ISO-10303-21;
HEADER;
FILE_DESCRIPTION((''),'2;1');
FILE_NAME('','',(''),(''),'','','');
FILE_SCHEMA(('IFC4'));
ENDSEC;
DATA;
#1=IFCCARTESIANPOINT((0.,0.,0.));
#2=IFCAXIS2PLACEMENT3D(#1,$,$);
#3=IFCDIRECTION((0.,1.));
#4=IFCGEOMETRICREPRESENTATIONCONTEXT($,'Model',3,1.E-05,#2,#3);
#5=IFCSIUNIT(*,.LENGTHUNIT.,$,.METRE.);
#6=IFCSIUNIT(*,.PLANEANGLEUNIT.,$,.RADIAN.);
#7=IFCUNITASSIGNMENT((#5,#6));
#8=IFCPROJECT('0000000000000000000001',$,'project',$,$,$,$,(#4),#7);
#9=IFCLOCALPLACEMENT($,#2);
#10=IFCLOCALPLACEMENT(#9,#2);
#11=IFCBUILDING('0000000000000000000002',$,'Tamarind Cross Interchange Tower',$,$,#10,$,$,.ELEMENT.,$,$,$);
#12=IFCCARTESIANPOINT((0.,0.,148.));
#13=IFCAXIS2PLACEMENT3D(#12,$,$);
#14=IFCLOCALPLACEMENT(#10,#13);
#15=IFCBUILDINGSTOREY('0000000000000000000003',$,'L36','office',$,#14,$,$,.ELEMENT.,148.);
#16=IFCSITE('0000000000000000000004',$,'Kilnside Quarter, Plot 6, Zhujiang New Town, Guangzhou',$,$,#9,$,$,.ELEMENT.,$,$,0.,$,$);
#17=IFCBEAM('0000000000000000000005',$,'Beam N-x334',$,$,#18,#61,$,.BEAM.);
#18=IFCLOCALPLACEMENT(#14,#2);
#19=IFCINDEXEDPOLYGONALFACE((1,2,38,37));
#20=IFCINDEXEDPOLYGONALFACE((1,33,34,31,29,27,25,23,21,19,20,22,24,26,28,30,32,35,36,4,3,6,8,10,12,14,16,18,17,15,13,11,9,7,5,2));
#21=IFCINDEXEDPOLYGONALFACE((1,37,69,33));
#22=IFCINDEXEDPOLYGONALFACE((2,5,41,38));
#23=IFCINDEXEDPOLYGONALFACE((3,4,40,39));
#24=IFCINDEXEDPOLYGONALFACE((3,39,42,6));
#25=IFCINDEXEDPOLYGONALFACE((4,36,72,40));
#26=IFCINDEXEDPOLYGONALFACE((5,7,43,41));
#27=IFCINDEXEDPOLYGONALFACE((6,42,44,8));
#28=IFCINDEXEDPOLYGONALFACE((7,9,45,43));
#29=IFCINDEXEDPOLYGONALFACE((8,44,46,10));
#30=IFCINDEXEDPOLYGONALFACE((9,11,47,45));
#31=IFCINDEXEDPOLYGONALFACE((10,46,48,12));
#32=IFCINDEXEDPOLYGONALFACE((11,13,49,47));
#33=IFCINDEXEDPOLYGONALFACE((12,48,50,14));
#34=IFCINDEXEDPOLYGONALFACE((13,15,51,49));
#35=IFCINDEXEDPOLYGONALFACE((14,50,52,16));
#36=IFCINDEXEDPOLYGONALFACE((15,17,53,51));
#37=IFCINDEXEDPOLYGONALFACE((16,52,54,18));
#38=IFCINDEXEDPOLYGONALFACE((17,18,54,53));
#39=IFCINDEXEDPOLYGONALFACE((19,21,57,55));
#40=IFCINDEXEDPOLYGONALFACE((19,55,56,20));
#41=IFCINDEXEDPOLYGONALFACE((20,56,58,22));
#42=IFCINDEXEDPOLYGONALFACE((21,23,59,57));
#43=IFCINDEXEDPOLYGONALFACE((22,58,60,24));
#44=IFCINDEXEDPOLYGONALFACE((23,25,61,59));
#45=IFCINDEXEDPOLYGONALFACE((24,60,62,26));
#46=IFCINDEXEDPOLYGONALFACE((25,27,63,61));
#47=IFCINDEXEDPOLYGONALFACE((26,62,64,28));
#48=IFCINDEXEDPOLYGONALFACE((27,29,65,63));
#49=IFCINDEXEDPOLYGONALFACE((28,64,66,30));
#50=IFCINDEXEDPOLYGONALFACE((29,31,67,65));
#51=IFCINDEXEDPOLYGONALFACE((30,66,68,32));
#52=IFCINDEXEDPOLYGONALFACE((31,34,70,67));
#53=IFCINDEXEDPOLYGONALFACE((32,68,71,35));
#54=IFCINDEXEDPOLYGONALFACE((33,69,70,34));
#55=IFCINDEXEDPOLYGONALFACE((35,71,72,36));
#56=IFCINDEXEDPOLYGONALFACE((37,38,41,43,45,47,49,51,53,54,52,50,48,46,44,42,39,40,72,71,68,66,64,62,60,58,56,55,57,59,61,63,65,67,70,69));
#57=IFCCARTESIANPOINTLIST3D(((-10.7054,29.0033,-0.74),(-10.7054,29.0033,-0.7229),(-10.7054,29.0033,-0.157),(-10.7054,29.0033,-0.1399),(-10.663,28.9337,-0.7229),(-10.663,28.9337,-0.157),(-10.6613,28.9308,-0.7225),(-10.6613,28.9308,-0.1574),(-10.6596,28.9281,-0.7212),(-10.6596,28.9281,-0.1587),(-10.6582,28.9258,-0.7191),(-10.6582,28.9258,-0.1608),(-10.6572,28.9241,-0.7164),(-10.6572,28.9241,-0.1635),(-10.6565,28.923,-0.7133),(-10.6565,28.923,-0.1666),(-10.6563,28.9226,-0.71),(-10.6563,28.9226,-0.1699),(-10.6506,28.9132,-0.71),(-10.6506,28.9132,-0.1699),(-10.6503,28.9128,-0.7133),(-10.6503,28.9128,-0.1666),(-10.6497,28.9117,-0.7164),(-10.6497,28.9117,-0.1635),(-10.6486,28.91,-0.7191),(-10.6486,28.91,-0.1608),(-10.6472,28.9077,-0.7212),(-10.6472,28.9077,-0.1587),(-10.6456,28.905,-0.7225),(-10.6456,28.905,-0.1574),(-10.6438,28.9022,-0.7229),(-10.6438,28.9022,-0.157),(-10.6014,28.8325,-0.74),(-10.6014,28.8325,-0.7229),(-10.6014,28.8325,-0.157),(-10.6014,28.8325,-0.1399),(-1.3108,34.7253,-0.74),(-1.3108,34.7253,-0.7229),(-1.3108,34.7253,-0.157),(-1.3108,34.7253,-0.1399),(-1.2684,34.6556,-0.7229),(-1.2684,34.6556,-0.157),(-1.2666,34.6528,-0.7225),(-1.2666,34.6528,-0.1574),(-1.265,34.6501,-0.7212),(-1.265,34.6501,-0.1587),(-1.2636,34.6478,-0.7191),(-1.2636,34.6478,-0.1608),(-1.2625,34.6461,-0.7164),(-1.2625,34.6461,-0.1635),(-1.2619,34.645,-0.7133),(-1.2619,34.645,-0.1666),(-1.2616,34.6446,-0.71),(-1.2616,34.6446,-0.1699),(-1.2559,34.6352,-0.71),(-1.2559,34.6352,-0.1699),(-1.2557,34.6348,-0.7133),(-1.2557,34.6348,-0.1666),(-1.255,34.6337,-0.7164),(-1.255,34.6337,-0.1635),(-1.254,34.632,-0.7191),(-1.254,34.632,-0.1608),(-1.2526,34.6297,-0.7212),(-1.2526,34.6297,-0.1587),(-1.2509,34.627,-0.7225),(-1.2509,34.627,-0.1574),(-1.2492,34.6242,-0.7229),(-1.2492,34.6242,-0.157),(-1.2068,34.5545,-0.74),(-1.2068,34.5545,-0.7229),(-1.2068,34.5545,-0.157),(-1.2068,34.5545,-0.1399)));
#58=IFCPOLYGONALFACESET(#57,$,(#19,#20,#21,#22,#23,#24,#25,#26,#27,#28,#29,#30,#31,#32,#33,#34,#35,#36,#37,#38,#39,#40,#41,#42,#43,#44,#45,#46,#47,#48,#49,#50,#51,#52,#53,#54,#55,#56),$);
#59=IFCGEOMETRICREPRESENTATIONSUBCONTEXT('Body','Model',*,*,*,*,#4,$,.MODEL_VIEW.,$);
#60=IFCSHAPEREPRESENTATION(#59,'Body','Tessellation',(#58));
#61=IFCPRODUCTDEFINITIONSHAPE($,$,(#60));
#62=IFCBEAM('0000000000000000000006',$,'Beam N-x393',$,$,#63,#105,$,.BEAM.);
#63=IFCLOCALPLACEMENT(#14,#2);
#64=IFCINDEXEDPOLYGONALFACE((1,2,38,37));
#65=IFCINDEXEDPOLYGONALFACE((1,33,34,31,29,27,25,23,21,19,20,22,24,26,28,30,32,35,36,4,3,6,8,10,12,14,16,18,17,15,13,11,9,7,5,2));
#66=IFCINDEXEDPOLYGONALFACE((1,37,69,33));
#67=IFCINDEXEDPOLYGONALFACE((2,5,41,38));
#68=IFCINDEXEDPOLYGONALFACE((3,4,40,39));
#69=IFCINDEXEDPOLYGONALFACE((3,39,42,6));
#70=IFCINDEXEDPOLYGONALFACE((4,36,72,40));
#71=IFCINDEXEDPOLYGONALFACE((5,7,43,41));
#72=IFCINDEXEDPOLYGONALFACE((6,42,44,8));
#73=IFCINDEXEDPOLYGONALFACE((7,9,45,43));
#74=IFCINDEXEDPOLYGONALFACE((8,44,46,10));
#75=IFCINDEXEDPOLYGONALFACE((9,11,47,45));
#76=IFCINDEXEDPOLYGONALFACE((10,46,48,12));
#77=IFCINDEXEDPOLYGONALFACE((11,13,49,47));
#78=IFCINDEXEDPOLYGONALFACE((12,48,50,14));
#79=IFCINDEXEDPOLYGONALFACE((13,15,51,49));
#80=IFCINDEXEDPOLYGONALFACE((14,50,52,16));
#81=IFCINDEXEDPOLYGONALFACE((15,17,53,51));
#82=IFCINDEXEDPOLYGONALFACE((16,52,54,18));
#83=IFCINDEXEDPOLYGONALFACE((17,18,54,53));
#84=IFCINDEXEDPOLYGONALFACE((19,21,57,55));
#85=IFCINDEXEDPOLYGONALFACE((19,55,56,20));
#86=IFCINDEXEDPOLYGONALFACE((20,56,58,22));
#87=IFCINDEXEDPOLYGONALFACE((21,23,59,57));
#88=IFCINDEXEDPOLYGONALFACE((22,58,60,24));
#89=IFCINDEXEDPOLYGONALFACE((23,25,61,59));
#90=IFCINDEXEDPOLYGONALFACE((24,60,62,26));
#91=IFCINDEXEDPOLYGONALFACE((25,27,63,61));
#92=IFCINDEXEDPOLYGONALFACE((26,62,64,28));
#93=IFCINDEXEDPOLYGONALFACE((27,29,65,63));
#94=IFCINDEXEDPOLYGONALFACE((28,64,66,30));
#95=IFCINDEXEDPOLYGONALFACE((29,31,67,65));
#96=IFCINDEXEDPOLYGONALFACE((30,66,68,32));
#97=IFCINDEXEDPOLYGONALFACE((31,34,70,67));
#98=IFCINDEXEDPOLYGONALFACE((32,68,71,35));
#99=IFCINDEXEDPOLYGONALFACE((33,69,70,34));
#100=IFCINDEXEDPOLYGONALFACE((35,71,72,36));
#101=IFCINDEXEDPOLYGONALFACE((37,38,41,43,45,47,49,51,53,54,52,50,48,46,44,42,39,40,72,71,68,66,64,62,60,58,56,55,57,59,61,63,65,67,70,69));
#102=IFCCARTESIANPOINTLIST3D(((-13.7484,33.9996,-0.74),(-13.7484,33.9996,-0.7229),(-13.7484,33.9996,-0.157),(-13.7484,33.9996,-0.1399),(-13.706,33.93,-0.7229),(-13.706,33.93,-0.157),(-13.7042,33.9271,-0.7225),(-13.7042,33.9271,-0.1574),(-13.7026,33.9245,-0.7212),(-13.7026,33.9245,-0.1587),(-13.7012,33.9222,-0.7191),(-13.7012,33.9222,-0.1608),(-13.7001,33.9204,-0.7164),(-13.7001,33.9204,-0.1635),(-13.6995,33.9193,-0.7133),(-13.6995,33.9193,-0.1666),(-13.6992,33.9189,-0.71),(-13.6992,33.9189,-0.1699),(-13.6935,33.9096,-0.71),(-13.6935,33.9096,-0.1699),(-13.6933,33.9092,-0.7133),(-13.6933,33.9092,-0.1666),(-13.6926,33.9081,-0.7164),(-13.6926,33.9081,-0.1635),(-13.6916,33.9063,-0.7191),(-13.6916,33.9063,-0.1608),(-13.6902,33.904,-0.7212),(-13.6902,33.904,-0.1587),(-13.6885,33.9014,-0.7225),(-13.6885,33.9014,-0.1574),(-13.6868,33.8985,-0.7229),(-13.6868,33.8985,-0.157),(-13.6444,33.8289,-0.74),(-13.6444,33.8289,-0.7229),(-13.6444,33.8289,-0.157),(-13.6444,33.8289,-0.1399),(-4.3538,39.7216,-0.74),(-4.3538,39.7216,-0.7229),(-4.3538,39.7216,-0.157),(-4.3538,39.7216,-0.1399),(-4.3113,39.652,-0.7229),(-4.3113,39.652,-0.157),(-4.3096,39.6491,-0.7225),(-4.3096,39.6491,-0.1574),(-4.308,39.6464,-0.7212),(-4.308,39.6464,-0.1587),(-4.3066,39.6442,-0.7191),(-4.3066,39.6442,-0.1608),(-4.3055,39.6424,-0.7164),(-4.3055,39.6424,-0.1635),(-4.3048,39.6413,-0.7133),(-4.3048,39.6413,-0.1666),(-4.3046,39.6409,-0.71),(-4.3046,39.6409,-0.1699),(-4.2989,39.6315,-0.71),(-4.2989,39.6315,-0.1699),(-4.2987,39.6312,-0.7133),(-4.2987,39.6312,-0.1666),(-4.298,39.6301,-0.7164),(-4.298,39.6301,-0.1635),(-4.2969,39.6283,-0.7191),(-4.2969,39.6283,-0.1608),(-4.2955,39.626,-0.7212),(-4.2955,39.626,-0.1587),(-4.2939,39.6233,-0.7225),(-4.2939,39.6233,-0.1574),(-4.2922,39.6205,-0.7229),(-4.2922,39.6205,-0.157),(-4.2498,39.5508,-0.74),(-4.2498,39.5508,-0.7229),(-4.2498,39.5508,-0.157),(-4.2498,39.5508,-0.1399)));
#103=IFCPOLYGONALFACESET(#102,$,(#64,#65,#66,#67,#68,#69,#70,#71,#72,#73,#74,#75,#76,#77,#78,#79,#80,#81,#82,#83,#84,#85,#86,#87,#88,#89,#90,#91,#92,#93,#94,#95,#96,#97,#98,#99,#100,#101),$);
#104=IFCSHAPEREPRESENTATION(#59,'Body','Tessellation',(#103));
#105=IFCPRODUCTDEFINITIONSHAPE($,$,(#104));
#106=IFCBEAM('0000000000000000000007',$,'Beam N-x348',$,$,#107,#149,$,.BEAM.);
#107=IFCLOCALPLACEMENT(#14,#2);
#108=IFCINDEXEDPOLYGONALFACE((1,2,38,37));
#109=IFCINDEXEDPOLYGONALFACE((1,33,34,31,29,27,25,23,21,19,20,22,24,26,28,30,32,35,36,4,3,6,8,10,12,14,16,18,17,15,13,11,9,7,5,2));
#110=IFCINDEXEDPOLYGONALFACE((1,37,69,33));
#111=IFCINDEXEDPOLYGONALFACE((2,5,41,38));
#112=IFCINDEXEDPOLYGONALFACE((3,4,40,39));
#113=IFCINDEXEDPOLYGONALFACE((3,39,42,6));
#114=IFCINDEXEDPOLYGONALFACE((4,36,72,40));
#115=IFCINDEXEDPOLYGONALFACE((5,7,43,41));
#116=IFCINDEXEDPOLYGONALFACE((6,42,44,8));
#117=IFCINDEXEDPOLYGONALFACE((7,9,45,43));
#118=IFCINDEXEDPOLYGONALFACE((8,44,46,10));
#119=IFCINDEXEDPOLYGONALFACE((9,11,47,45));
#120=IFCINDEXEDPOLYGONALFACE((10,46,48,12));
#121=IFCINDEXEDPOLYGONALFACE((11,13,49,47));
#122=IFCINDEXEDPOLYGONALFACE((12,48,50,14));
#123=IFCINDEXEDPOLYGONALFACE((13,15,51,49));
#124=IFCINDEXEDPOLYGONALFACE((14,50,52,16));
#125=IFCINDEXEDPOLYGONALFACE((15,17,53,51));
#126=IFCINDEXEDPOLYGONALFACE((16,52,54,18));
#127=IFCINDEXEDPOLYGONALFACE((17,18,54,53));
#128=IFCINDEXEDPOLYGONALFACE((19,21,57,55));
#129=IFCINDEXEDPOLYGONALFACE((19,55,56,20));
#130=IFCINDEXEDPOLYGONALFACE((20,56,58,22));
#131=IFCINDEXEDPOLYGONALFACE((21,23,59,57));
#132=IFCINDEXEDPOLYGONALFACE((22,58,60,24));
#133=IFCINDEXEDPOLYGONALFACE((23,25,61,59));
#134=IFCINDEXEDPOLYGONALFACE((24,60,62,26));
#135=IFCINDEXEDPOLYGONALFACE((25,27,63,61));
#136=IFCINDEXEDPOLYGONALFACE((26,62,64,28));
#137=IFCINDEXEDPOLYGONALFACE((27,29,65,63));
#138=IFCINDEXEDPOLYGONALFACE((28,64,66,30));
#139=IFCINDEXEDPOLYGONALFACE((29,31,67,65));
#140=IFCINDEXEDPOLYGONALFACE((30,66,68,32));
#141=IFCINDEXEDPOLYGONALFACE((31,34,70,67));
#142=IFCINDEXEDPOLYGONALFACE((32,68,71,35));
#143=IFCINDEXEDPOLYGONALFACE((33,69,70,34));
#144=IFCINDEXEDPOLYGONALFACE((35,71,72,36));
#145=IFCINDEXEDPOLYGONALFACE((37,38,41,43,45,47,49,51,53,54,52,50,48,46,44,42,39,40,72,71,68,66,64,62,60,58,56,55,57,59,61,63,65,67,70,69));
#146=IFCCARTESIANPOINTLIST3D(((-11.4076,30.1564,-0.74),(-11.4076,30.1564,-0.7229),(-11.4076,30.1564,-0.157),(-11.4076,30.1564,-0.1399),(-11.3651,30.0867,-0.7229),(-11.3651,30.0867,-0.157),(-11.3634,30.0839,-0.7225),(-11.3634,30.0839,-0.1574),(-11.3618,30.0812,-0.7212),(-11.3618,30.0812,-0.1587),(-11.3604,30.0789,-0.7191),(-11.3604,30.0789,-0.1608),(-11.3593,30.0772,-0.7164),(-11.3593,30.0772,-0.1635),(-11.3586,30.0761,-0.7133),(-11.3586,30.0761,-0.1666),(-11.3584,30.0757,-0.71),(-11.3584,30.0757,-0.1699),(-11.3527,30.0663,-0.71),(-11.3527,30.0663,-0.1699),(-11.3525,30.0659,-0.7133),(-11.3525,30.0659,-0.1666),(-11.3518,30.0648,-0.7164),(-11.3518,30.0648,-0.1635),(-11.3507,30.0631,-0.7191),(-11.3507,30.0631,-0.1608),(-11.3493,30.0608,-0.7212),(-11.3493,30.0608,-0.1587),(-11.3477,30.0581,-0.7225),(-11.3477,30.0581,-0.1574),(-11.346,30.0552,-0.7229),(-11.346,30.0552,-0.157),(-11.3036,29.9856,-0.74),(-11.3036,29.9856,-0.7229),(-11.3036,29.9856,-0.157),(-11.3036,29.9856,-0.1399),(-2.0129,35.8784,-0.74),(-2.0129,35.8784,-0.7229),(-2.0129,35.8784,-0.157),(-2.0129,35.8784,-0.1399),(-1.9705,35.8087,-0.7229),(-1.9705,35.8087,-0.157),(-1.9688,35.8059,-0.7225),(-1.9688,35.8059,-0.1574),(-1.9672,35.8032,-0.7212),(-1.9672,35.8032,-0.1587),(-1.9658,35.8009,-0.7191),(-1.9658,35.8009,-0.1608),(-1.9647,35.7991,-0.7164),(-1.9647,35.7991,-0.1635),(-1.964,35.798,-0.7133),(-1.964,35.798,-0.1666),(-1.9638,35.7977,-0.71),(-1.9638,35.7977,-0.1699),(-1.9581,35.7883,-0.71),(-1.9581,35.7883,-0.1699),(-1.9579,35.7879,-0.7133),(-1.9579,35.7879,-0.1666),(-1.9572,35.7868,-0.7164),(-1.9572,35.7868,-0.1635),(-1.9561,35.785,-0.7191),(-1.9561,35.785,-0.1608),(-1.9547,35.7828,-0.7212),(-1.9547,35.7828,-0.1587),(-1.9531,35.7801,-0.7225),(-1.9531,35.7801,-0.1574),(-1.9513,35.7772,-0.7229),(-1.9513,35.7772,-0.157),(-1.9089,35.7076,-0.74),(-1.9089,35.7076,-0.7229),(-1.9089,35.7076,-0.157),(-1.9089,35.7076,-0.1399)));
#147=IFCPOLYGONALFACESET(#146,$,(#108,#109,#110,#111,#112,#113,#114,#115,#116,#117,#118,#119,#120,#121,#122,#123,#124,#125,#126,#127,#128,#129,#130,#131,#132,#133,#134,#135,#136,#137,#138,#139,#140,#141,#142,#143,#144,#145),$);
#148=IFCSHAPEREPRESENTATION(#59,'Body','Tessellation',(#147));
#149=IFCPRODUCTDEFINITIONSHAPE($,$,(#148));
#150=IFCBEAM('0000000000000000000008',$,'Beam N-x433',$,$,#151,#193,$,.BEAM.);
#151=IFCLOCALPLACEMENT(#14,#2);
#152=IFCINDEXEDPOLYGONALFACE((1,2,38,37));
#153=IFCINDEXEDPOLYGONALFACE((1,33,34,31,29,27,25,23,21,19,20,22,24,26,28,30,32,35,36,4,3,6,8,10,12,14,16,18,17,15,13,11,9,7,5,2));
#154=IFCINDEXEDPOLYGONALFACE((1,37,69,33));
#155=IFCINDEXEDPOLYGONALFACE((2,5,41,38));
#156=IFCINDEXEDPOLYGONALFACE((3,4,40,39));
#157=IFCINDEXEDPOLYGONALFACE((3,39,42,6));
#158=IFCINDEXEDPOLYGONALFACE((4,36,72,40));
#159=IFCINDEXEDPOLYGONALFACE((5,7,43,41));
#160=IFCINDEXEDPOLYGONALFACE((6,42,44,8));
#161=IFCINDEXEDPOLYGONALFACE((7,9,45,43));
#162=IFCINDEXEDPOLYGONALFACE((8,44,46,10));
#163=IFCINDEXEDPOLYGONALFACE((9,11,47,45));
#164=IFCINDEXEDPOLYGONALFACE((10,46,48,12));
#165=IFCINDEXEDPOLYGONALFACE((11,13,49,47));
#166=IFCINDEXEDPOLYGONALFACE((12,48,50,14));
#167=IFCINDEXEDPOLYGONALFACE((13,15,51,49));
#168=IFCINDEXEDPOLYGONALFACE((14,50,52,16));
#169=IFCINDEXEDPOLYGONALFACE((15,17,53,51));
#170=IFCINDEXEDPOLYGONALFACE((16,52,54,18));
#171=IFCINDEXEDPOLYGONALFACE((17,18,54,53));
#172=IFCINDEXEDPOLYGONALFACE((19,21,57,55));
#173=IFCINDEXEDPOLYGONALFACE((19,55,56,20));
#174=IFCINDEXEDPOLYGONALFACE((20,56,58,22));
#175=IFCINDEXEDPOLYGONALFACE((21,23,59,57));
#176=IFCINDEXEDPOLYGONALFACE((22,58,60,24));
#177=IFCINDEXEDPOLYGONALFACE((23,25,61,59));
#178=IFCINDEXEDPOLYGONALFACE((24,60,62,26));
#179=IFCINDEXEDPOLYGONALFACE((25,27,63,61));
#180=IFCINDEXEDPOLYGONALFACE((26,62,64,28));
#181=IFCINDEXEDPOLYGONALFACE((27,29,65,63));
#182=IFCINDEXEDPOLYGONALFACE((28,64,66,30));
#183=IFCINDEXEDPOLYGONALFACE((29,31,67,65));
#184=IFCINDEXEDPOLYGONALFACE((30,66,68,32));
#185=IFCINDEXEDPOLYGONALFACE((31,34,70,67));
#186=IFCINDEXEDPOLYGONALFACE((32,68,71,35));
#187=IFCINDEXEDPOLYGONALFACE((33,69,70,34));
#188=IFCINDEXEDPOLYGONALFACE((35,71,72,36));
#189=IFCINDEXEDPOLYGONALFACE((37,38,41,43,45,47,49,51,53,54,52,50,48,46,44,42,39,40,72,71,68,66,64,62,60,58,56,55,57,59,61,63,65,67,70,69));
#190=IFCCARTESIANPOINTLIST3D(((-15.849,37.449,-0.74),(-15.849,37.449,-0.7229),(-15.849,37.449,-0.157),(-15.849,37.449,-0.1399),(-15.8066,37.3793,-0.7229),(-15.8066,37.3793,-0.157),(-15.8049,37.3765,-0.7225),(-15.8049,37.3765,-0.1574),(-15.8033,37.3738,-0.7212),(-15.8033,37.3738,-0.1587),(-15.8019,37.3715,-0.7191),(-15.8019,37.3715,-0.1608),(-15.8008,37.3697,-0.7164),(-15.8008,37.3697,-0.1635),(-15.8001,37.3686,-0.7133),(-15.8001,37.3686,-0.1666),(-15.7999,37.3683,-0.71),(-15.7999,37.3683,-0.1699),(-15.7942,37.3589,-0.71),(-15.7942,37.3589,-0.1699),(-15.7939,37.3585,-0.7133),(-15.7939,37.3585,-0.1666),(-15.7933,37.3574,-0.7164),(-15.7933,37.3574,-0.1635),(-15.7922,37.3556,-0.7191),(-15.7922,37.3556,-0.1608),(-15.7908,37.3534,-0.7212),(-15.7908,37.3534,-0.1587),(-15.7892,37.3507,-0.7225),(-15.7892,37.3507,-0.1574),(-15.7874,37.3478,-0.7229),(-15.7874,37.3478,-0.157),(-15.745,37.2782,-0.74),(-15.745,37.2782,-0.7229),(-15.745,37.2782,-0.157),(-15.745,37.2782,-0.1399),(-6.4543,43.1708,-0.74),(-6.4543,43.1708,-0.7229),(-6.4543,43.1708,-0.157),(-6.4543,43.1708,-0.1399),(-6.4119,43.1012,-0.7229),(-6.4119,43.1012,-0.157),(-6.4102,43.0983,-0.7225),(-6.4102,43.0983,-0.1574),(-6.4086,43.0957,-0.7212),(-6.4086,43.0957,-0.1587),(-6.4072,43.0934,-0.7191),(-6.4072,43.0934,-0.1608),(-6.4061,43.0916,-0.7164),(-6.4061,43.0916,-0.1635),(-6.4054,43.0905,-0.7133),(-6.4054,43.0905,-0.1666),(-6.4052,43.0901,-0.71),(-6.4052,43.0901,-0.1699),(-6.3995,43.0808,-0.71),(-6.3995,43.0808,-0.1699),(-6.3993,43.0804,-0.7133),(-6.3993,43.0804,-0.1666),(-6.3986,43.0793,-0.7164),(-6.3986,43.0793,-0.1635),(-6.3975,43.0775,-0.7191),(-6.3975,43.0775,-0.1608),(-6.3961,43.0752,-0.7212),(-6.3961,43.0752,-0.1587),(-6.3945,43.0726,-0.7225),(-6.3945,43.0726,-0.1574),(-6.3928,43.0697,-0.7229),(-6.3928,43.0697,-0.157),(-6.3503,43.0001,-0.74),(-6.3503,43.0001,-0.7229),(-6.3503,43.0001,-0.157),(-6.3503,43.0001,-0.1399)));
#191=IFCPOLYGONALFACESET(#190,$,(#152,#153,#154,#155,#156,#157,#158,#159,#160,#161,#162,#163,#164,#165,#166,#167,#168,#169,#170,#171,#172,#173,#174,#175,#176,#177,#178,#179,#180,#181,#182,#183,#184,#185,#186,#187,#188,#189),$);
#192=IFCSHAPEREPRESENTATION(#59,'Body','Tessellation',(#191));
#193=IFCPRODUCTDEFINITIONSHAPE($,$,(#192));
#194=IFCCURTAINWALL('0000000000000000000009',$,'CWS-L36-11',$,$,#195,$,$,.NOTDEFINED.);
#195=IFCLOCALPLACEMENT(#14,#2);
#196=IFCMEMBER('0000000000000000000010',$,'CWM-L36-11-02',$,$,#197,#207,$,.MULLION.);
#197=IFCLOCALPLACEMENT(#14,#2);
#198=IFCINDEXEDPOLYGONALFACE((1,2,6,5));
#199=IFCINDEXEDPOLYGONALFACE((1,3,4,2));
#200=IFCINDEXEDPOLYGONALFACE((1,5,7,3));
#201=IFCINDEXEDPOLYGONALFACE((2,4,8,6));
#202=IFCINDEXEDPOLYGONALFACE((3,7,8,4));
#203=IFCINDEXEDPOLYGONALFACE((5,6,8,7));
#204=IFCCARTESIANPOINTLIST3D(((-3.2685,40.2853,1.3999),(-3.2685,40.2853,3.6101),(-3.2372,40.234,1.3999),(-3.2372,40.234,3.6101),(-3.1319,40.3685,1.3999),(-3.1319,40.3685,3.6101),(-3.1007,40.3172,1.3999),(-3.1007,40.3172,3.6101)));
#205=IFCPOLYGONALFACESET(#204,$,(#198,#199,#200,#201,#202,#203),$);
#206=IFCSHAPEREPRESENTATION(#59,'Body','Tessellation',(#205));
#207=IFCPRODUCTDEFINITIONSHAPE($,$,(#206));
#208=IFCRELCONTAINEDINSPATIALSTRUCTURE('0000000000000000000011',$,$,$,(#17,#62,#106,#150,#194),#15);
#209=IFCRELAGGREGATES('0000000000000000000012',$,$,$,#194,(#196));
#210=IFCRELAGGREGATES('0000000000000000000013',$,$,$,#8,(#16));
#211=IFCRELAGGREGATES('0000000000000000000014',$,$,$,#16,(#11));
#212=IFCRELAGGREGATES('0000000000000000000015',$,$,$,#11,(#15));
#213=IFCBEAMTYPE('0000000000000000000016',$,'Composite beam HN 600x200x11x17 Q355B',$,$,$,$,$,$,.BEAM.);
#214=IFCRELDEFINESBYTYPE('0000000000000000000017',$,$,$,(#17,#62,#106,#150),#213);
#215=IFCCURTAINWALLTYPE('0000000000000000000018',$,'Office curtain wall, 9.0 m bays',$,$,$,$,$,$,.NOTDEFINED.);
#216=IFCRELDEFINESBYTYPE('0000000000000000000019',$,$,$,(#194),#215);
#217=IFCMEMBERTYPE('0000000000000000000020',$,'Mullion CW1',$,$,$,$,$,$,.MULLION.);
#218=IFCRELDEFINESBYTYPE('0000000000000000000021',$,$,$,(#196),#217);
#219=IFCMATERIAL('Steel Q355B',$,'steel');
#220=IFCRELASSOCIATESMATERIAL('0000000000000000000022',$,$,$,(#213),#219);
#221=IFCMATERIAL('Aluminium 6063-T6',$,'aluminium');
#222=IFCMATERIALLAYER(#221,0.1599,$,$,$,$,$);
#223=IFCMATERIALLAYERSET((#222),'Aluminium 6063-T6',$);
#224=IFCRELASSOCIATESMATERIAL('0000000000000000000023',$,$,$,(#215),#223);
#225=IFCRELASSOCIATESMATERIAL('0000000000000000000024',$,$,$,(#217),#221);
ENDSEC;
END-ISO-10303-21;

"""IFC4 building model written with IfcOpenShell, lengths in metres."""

from ifc_helpers import new_model, si_unit, direction, frame, origin, origin_2d, place, context, subcontext, project, spatial, rectangle, i_section, extrude, material, layer, layer_set, material_profile, profile_set, type_object, element, aggregate, save


model = new_model("IFC4")

# Units and contexts
model_context = context("Model", 3, precision=1e-05, world=origin(), true_north=direction((0.0, 1.0)))
body_context = subcontext(model_context, "Body", "Model", "MODEL_VIEW")
ifc_project = project(units=[si_unit("LENGTHUNIT", "METRE"), si_unit("PLANEANGLEUNIT", "RADIAN")], contexts=[model_context])

# Site, building, storey
site_placement = place(None, origin())
site = spatial("IfcSite", under=ifc_project, at=site_placement, Name="Kilnside Quarter, Plot 6, Zhujiang New Town, Guangzhou", CompositionType="ELEMENT", RefElevation=0.0)
building_placement = place(site_placement, origin())
building = spatial("IfcBuilding", under=site, at=building_placement, Name="Tamarind Cross Interchange Tower", CompositionType="ELEMENT")
storey_placement = place(building_placement, frame((0.0, 0.0, 148.0)))
storey = spatial("IfcBuildingStorey", under=building, at=storey_placement, Name="L36", Description="office", CompositionType="ELEMENT", Elevation=148.0)

# Beams
ifc_material_1 = material(Name="Steel Q355B", Category="steel")
ifc_material_profile_1 = material_profile(ifc_material_1, i_section(OverallWidth=0.2, OverallDepth=0.6001, WebThickness=0.011, FlangeThickness=0.0171, FilletRadius=0.0129, at=origin_2d()), Name="HN 600x200x11x17")
ifc_profile_set_1 = profile_set([ifc_material_profile_1], Name="Steel Q355B")
beam_type_1 = type_object("IfcBeamType", Name="Composite beam HN 600x200x11x17 Q355B", PredefinedType="BEAM", material=ifc_profile_set_1)
for number, where, z_axis, x_axis, name in (
    (1, (-1.2588, 34.6399, -0.4399), (-0.854057, -0.52018, 0.0), (0.52018, -0.854057, 0.0), "Beam N-x334"),
    (2, (-4.3018, 39.6362, -0.4399), (-0.854057, -0.52018, 0.0), (0.52018, -0.854057, 0.0), "Beam N-x393"),
    (3, (-1.9609, 35.793, -0.4399), (-0.854057, -0.52018, 0.0), (0.52018, -0.854057, 0.0), "Beam N-x348"),
    (4, (-6.4023, 43.0854, -0.4399), (-0.854063, -0.52017, 0.0), (0.52017, -0.854063, 0.0), "Beam N-x433"),
):
    element("IfcBeam", number, at=place(storey_placement, frame(where, z_axis=z_axis, x_axis=x_axis)), inside=storey, type_object=beam_type_1, Name=name, PredefinedType="BEAM", context=body_context, shape_type="SweptSolid", body=[
        extrude(i_section(OverallWidth=0.2, OverallDepth=0.6001, WebThickness=0.011, FlangeThickness=0.0171, FilletRadius=0.0129, at=origin_2d()), origin(), (0.0, 0.0, 1.0), 11.0),
    ])

# Curtain wall, member
ifc_material_2 = material(Name="Aluminium 6063-T6", Category="aluminium")
ifc_layer_1 = layer(ifc_material_2, 0.1599)
ifc_layer_set_1 = layer_set([ifc_layer_1], Name="Aluminium 6063-T6")
curtain_wall_type = type_object("IfcCurtainWallType", Name="Office curtain wall, 9.0 m bays", PredefinedType="NOTDEFINED", material=ifc_layer_set_1)
curtain_wall_1_placement = place(storey_placement, origin())
curtain_wall_1 = element("IfcCurtainWall", 5, at=curtain_wall_1_placement, inside=storey, type_object=curtain_wall_type, Name="CWS-L36-11", PredefinedType="NOTDEFINED")
ifc_material_profile_2 = material_profile(ifc_material_2, rectangle(XDim=0.0601, YDim=0.1599, at=origin_2d()), Name="Mullion CW1")
ifc_profile_set_2 = profile_set([ifc_material_profile_2], Name="Aluminium 6063-T6")
member_type = type_object("IfcMemberType", Name="Mullion CW1", PredefinedType="MULLION", material=ifc_profile_set_2)
member_1_placement = place(storey_placement, frame((-3.1846, 40.3013, 1.3999), z_axis=(0.0, 0.0, 1.0), x_axis=(-0.520175, 0.85406, 0.0)))
member_1 = element("IfcMember", 6, at=member_1_placement, type_object=member_type, Name="CWM-L36-11-02", PredefinedType="MULLION", context=body_context, shape_type="SweptSolid", body=[
    extrude(rectangle(XDim=0.0601, YDim=0.1599, at=origin_2d()), origin(), (0.0, 0.0, 1.0), 2.2102),
])
aggregate(curtain_wall_1, [member_1])

save(model, "model.ifc")
